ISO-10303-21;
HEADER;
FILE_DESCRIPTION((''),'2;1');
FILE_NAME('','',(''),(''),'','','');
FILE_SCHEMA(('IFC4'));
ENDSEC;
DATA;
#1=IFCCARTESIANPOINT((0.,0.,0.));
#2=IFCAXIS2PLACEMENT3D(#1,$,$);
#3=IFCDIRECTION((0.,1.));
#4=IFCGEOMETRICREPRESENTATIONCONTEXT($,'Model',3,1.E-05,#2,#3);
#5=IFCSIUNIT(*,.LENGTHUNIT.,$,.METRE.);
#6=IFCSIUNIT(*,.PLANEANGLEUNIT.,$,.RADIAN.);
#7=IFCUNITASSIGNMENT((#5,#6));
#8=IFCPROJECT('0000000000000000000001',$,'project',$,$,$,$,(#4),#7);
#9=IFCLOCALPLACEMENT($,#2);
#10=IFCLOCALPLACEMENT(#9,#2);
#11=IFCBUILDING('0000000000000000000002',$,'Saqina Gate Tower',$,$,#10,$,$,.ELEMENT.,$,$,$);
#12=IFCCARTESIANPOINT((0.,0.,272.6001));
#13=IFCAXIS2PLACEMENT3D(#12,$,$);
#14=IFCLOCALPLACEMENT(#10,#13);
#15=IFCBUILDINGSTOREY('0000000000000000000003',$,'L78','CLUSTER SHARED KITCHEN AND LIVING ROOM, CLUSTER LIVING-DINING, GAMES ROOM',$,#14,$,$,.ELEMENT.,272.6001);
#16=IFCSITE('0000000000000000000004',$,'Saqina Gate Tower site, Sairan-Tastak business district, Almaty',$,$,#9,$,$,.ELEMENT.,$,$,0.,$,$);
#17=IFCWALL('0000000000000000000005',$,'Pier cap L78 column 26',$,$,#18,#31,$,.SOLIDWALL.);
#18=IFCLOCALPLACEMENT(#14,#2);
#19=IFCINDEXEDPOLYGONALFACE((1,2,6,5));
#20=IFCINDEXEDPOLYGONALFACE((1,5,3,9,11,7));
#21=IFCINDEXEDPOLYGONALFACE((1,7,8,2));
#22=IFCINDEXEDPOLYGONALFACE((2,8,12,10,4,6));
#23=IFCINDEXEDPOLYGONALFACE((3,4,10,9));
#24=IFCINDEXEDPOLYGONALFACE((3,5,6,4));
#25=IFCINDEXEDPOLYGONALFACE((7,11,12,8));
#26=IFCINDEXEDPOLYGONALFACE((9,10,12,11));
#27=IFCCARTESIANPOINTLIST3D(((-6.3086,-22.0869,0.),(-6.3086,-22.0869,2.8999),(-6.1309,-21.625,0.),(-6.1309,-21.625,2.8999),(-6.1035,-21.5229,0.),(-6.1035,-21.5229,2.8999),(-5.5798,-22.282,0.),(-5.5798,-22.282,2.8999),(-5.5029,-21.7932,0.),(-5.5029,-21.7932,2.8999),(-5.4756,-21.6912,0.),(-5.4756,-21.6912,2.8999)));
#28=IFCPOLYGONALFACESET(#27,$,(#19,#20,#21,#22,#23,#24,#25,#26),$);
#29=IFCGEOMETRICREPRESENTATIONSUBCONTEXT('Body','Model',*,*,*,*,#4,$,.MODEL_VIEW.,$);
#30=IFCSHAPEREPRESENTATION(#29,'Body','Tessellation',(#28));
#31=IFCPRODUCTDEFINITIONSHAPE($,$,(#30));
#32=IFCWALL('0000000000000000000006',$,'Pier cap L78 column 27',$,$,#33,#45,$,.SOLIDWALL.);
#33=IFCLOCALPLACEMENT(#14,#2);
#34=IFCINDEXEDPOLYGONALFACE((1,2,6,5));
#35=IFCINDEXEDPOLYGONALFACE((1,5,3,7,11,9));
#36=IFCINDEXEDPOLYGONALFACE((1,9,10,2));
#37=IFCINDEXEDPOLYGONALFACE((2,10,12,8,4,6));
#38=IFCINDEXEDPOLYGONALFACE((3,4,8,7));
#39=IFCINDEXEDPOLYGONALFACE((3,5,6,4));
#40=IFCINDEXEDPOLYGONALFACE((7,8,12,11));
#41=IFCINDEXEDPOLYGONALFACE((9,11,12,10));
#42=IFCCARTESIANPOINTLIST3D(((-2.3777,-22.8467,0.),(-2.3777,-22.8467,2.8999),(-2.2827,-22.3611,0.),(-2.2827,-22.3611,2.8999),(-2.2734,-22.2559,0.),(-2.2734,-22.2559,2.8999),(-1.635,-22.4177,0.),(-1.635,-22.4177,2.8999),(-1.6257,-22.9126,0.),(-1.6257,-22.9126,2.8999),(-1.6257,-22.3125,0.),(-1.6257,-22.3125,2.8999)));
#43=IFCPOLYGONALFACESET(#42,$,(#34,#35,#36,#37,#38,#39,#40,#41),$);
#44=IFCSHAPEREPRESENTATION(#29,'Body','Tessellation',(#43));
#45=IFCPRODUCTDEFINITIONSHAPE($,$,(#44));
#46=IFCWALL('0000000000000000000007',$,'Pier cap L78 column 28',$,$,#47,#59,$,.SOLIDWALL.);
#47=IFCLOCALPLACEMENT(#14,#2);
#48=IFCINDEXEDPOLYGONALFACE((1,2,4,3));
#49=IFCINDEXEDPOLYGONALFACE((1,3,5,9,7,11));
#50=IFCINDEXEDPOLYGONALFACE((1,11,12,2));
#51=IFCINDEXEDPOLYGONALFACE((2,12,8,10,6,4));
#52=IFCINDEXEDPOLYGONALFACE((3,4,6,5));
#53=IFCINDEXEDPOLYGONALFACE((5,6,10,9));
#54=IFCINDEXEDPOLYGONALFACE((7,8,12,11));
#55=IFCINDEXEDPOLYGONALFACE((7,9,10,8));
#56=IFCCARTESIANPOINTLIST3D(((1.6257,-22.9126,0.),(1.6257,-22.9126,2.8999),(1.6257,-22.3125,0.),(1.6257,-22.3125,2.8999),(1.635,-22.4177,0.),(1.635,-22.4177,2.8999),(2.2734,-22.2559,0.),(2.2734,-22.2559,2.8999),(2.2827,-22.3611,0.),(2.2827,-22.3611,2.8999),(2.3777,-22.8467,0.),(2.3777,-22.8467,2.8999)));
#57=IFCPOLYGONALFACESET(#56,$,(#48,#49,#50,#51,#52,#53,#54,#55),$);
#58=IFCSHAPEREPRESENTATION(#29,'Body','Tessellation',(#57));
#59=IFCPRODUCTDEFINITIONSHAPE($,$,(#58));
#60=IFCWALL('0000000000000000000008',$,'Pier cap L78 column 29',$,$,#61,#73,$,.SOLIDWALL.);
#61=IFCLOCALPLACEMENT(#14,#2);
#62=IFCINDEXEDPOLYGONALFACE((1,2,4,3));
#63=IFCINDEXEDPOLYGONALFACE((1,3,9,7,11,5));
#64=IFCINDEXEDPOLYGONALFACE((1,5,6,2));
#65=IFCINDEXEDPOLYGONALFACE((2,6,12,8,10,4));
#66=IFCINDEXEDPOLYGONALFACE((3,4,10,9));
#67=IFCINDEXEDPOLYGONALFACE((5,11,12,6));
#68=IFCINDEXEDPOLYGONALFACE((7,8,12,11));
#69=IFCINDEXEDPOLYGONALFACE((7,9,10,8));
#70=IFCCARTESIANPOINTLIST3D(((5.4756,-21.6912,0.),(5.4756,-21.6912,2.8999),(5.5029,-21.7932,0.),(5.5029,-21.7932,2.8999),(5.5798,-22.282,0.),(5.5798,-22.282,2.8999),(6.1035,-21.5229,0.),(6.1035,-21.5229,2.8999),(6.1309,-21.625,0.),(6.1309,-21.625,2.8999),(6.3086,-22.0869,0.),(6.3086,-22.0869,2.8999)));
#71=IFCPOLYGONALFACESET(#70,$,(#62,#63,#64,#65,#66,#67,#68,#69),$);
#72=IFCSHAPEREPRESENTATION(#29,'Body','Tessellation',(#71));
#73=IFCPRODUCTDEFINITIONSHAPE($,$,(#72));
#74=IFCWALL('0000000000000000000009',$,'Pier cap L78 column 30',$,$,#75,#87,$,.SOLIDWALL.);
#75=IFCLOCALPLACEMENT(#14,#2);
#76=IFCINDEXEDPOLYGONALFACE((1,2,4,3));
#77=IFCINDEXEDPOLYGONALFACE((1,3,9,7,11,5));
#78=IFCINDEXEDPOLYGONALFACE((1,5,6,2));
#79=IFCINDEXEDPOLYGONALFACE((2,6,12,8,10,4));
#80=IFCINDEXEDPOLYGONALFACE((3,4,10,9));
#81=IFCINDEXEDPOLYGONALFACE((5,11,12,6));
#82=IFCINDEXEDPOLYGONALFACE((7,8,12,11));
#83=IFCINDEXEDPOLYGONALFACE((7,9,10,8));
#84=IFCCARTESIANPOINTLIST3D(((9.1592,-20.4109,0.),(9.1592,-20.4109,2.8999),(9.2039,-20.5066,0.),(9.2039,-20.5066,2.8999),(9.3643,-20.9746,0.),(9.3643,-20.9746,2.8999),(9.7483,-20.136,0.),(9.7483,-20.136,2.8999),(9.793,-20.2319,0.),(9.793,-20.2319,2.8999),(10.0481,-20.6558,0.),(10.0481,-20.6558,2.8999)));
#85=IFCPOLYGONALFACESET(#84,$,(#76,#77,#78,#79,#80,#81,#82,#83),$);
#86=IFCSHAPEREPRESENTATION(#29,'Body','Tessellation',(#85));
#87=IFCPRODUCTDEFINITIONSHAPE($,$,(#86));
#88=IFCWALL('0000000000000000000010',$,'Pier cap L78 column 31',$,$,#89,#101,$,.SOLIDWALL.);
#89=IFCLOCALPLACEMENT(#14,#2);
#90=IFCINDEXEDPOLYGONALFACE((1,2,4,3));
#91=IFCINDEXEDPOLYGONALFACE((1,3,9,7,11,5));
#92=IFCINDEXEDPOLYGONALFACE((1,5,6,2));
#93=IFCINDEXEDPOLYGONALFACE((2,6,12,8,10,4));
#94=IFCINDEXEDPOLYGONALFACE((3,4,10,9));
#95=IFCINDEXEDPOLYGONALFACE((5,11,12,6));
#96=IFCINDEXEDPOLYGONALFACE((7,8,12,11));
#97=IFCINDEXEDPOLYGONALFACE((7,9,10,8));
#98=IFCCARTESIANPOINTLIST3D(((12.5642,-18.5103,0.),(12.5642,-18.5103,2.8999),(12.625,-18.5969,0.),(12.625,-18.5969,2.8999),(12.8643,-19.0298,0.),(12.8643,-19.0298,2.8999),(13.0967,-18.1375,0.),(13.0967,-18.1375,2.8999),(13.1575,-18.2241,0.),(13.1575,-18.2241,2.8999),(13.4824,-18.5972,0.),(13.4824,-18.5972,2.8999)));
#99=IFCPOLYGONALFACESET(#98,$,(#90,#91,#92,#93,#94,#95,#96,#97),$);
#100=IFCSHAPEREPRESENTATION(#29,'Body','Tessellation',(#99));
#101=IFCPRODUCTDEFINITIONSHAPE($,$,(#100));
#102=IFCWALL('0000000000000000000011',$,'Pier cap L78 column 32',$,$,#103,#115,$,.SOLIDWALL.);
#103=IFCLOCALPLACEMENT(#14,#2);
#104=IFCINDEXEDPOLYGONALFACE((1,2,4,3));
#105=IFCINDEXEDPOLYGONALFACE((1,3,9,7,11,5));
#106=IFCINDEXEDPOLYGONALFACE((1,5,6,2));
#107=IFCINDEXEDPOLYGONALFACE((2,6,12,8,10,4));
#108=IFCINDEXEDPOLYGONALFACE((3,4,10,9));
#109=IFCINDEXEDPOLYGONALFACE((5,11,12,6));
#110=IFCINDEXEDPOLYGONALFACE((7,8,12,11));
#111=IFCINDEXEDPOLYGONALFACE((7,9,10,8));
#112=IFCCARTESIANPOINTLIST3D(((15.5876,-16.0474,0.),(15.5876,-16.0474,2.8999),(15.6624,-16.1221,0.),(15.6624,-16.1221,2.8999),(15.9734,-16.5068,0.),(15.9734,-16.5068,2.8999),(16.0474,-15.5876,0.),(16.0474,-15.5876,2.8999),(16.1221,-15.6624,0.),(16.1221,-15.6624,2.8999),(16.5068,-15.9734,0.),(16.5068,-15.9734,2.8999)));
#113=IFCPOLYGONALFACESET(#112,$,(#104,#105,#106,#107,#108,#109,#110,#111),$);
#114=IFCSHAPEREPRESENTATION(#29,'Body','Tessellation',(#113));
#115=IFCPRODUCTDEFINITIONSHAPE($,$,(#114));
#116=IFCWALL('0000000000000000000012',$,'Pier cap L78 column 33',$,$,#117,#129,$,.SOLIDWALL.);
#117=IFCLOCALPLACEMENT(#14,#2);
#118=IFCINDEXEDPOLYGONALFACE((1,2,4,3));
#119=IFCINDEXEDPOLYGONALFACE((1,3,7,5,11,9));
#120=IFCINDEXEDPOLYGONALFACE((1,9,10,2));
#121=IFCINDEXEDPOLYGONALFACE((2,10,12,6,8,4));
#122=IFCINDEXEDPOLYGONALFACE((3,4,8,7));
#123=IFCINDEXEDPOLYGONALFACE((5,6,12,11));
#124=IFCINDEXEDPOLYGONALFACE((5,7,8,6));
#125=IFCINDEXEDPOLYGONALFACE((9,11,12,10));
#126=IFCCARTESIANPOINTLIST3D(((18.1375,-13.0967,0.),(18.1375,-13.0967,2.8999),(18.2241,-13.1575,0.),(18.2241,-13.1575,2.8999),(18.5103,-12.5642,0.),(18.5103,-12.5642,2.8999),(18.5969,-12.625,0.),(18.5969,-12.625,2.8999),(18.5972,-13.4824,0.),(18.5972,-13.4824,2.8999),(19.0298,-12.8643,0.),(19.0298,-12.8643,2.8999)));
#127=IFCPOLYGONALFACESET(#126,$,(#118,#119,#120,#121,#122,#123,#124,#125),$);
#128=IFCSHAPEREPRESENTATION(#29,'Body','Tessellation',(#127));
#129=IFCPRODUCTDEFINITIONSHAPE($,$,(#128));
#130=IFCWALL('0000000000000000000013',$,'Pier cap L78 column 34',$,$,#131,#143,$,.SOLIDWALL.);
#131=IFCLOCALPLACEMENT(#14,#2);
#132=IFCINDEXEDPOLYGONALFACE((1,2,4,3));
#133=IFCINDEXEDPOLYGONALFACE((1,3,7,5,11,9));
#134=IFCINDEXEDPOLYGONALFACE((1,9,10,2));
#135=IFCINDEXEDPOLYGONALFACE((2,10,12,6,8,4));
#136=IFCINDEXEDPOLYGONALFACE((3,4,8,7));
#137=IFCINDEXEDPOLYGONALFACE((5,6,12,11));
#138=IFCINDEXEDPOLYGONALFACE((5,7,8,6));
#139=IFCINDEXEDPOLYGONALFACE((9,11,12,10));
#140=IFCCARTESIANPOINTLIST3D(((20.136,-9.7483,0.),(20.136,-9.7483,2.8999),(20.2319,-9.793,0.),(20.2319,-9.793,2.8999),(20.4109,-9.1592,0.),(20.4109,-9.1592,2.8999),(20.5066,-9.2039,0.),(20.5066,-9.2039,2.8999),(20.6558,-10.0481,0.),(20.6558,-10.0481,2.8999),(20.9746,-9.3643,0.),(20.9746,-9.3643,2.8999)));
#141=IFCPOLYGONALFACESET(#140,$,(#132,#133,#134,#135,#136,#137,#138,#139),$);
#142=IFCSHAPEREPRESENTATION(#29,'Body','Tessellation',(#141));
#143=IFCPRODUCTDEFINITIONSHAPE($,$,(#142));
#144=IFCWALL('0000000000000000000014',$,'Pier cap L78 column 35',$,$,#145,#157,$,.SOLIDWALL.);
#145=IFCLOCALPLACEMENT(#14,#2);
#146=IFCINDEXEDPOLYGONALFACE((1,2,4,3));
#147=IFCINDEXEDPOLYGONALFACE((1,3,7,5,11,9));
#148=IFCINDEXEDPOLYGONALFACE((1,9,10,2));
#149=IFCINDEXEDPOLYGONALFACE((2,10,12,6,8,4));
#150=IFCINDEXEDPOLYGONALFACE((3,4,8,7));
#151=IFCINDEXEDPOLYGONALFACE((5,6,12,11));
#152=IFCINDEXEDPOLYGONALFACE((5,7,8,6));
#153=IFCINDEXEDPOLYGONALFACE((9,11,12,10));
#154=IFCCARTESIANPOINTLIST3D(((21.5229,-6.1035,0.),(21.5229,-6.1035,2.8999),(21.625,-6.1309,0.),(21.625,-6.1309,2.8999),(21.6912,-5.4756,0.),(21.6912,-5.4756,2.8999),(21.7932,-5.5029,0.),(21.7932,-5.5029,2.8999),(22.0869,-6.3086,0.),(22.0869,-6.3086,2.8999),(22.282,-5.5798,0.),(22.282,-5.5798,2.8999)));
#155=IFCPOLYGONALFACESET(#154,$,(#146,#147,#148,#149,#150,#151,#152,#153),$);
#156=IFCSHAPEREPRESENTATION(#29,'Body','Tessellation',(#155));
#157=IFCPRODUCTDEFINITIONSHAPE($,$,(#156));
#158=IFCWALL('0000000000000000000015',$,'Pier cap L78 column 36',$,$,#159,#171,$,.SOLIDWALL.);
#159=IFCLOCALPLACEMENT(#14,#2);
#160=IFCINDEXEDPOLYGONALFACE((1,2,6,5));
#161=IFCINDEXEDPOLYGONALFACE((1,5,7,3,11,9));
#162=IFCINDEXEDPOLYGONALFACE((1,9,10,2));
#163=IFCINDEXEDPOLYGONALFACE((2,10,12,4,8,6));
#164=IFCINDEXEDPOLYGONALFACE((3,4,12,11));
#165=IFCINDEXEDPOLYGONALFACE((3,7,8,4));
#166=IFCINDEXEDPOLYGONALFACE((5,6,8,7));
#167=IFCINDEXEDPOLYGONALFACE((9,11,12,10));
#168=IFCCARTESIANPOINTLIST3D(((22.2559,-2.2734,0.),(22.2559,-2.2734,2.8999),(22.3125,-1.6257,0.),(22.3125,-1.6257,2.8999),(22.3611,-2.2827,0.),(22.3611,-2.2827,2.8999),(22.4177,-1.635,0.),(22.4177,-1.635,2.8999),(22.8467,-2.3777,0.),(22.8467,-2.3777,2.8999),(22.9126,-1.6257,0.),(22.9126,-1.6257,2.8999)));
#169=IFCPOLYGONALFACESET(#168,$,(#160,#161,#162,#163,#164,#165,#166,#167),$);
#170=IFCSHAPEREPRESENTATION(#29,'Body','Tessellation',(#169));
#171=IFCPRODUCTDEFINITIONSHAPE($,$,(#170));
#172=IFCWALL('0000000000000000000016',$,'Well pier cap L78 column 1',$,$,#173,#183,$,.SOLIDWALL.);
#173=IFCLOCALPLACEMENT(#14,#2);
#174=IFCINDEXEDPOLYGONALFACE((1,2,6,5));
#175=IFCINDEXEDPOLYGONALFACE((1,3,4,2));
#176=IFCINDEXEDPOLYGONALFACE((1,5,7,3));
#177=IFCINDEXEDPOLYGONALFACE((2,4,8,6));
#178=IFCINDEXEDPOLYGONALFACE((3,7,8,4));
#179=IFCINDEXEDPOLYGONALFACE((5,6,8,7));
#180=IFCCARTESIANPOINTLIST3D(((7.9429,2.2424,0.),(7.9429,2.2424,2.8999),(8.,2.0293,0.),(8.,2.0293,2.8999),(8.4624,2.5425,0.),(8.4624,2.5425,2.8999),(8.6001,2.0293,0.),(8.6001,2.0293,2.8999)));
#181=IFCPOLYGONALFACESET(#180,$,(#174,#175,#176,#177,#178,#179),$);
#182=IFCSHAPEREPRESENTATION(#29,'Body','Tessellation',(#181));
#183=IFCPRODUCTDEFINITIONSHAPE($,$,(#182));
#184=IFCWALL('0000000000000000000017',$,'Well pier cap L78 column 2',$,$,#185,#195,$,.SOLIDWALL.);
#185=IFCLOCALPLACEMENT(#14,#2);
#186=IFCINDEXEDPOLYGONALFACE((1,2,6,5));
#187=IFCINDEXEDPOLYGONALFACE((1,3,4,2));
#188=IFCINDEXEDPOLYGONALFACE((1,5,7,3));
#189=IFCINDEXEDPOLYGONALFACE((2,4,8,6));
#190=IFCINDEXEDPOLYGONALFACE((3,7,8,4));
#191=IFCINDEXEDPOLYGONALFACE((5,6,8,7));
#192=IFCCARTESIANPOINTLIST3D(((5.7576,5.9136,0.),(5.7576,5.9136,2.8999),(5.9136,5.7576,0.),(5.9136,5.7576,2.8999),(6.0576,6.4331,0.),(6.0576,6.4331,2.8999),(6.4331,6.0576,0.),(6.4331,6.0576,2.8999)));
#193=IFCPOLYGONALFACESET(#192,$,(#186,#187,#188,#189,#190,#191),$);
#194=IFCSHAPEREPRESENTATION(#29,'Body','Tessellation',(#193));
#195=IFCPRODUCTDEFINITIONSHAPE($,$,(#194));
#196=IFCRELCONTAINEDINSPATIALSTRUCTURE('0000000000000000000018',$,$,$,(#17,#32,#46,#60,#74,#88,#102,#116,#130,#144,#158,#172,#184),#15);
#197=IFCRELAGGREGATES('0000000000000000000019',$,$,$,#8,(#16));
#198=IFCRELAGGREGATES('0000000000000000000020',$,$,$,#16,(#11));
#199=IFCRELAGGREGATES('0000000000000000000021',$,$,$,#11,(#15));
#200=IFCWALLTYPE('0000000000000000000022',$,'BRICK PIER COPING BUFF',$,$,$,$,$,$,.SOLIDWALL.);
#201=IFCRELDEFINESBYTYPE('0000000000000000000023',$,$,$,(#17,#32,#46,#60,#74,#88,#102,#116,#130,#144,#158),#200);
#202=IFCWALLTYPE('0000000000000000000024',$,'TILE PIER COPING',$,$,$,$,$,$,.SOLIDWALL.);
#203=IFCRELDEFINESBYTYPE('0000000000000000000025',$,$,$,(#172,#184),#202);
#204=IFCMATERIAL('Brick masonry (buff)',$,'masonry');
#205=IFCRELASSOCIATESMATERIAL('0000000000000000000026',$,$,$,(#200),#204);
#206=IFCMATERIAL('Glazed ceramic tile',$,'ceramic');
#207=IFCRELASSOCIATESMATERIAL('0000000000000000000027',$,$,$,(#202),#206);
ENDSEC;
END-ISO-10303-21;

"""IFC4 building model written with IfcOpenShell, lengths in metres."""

from ifc_helpers import new_model, si_unit, direction, frame, origin, place, context, subcontext, project, spatial, polyline, outline, extrude, material, type_object, element, save


model = new_model("IFC4")

# Units and contexts
model_context = context("Model", 3, precision=1e-05, world=origin(), true_north=direction((0.0, 1.0)))
body_context = subcontext(model_context, "Body", "Model", "MODEL_VIEW")
ifc_project = project(units=[si_unit("LENGTHUNIT", "METRE"), si_unit("PLANEANGLEUNIT", "RADIAN")], contexts=[model_context])

# Site, building, storey
site_placement = place(None, origin())
site = spatial("IfcSite", under=ifc_project, at=site_placement, Name="Saqina Gate Tower site, Sairan-Tastak business district, Almaty", CompositionType="ELEMENT", RefElevation=0.0)
building_placement = place(site_placement, origin())
building = spatial("IfcBuilding", under=site, at=building_placement, Name="Saqina Gate Tower", CompositionType="ELEMENT")
storey_placement = place(building_placement, frame((0.0, 0.0, 272.6001)))
storey = spatial("IfcBuildingStorey", under=building, at=storey_placement, Name="L78", Description="CLUSTER SHARED KITCHEN AND LIVING ROOM, CLUSTER LIVING-DINING, GAMES ROOM", CompositionType="ELEMENT", Elevation=272.6001)

# Walls
ifc_material_1 = material(Name="Brick masonry (buff)", Category="masonry")
wall_type_1 = type_object("IfcWallType", Name="BRICK PIER COPING BUFF", PredefinedType="SOLIDWALL", material=ifc_material_1)
wall_1_placement = place(storey_placement, origin())
element("IfcWall", 1, at=wall_1_placement, inside=storey, type_object=wall_type_1, Name="Pier cap L78 column 26", PredefinedType="SOLIDWALL", context=body_context, shape_type="SweptSolid", body=[
    extrude(outline(polyline([(-5.5798, -22.282), (-5.4756, -21.6912), (-5.5029, -21.7932), (-6.1309, -21.625), (-6.1035, -21.5229), (-6.3086, -22.0869), (-5.5798, -22.282)])), origin(), (0.0, 0.0, 1.0), 2.8999),
])
wall_2_placement = place(storey_placement, origin())
element("IfcWall", 2, at=wall_2_placement, inside=storey, type_object=wall_type_1, Name="Pier cap L78 column 27", PredefinedType="SOLIDWALL", context=body_context, shape_type="SweptSolid", body=[
    extrude(outline(polyline([(-2.3777, -22.8467), (-1.6257, -22.9126), (-1.6257, -22.3125), (-1.635, -22.4177), (-2.2827, -22.3611), (-2.2734, -22.2559), (-2.3777, -22.8467)])), origin(), (0.0, 0.0, 1.0), 2.8999),
])
wall_3_placement = place(storey_placement, origin())
element("IfcWall", 3, at=wall_3_placement, inside=storey, type_object=wall_type_1, Name="Pier cap L78 column 28", PredefinedType="SOLIDWALL", context=body_context, shape_type="SweptSolid", body=[
    extrude(outline(polyline([(1.6257, -22.9126), (2.3777, -22.8467), (2.2734, -22.2559), (2.2827, -22.3611), (1.635, -22.4177), (1.6257, -22.3125), (1.6257, -22.9126)])), origin(), (0.0, 0.0, 1.0), 2.8999),
])
wall_4_placement = place(storey_placement, origin())
element("IfcWall", 4, at=wall_4_placement, inside=storey, type_object=wall_type_1, Name="Pier cap L78 column 29", PredefinedType="SOLIDWALL", context=body_context, shape_type="SweptSolid", body=[
    extrude(outline(polyline([(6.3086, -22.0869), (6.1035, -21.5229), (6.1309, -21.625), (5.5029, -21.7932), (5.4756, -21.6912), (5.5798, -22.282), (6.3086, -22.0869)])), origin(), (0.0, 0.0, 1.0), 2.8999),
])
wall_5_placement = place(storey_placement, origin())
element("IfcWall", 5, at=wall_5_placement, inside=storey, type_object=wall_type_1, Name="Pier cap L78 column 30", PredefinedType="SOLIDWALL", context=body_context, shape_type="SweptSolid", body=[
    extrude(outline(polyline([(9.3643, -20.9746), (10.0481, -20.6558), (9.7483, -20.136), (9.793, -20.2319), (9.2039, -20.5066), (9.1592, -20.4109), (9.3643, -20.9746)])), origin(), (0.0, 0.0, 1.0), 2.8999),
])
wall_6_placement = place(storey_placement, origin())
element("IfcWall", 6, at=wall_6_placement, inside=storey, type_object=wall_type_1, Name="Pier cap L78 column 31", PredefinedType="SOLIDWALL", context=body_context, shape_type="SweptSolid", body=[
    extrude(outline(polyline([(12.8643, -19.0298), (13.4824, -18.5972), (13.0967, -18.1375), (13.1575, -18.2241), (12.625, -18.5969), (12.5642, -18.5103), (12.8643, -19.0298)])), origin(), (0.0, 0.0, 1.0), 2.8999),
])
wall_7_placement = place(storey_placement, origin())
element("IfcWall", 7, at=wall_7_placement, inside=storey, type_object=wall_type_1, Name="Pier cap L78 column 32", PredefinedType="SOLIDWALL", context=body_context, shape_type="SweptSolid", body=[
    extrude(outline(polyline([(16.5068, -15.9734), (16.0474, -15.5876), (16.1221, -15.6624), (15.6624, -16.1221), (15.5876, -16.0474), (15.9734, -16.5068), (16.5068, -15.9734)])), origin(), (0.0, 0.0, 1.0), 2.8999),
])
wall_8_placement = place(storey_placement, origin())
element("IfcWall", 8, at=wall_8_placement, inside=storey, type_object=wall_type_1, Name="Pier cap L78 column 33", PredefinedType="SOLIDWALL", context=body_context, shape_type="SweptSolid", body=[
    extrude(outline(polyline([(19.0298, -12.8643), (18.5103, -12.5642), (18.5969, -12.625), (18.2241, -13.1575), (18.1375, -13.0967), (18.5972, -13.4824), (19.0298, -12.8643)])), origin(), (0.0, 0.0, 1.0), 2.8999),
])
wall_9_placement = place(storey_placement, origin())
element("IfcWall", 9, at=wall_9_placement, inside=storey, type_object=wall_type_1, Name="Pier cap L78 column 34", PredefinedType="SOLIDWALL", context=body_context, shape_type="SweptSolid", body=[
    extrude(outline(polyline([(20.6558, -10.0481), (20.9746, -9.3643), (20.4109, -9.1592), (20.5066, -9.2039), (20.2319, -9.793), (20.136, -9.7483), (20.6558, -10.0481)])), origin(), (0.0, 0.0, 1.0), 2.8999),
])
wall_10_placement = place(storey_placement, origin())
element("IfcWall", 10, at=wall_10_placement, inside=storey, type_object=wall_type_1, Name="Pier cap L78 column 35", PredefinedType="SOLIDWALL", context=body_context, shape_type="SweptSolid", body=[
    extrude(outline(polyline([(22.282, -5.5798), (21.6912, -5.4756), (21.7932, -5.5029), (21.625, -6.1309), (21.5229, -6.1035), (22.0869, -6.3086), (22.282, -5.5798)])), origin(), (0.0, 0.0, 1.0), 2.8999),
])
wall_11_placement = place(storey_placement, origin())
element("IfcWall", 11, at=wall_11_placement, inside=storey, type_object=wall_type_1, Name="Pier cap L78 column 36", PredefinedType="SOLIDWALL", context=body_context, shape_type="SweptSolid", body=[
    extrude(outline(polyline([(22.8467, -2.3777), (22.9126, -1.6257), (22.3125, -1.6257), (22.4177, -1.635), (22.3611, -2.2827), (22.2559, -2.2734), (22.8467, -2.3777)])), origin(), (0.0, 0.0, 1.0), 2.8999),
])
ifc_material_2 = material(Name="Glazed ceramic tile", Category="ceramic")
wall_type_2 = type_object("IfcWallType", Name="TILE PIER COPING", PredefinedType="SOLIDWALL", material=ifc_material_2)
wall_12_placement = place(storey_placement, origin())
element("IfcWall", 12, at=wall_12_placement, inside=storey, type_object=wall_type_2, Name="Well pier cap L78 column 1", PredefinedType="SOLIDWALL", context=body_context, shape_type="SweptSolid", body=[
    extrude(outline(polyline([(8.4624, 2.5425), (7.9429, 2.2424), (8.0, 2.0293), (8.6001, 2.0293), (8.4624, 2.5425)])), origin(), (0.0, 0.0, 1.0), 2.8999),
])
wall_13_placement = place(storey_placement, origin())
element("IfcWall", 13, at=wall_13_placement, inside=storey, type_object=wall_type_2, Name="Well pier cap L78 column 2", PredefinedType="SOLIDWALL", context=body_context, shape_type="SweptSolid", body=[
    extrude(outline(polyline([(6.0576, 6.4331), (5.7576, 5.9136), (5.9136, 5.7576), (6.4331, 6.0576), (6.0576, 6.4331)])), origin(), (0.0, 0.0, 1.0), 2.8999),
])

save(model, "model.ifc")
